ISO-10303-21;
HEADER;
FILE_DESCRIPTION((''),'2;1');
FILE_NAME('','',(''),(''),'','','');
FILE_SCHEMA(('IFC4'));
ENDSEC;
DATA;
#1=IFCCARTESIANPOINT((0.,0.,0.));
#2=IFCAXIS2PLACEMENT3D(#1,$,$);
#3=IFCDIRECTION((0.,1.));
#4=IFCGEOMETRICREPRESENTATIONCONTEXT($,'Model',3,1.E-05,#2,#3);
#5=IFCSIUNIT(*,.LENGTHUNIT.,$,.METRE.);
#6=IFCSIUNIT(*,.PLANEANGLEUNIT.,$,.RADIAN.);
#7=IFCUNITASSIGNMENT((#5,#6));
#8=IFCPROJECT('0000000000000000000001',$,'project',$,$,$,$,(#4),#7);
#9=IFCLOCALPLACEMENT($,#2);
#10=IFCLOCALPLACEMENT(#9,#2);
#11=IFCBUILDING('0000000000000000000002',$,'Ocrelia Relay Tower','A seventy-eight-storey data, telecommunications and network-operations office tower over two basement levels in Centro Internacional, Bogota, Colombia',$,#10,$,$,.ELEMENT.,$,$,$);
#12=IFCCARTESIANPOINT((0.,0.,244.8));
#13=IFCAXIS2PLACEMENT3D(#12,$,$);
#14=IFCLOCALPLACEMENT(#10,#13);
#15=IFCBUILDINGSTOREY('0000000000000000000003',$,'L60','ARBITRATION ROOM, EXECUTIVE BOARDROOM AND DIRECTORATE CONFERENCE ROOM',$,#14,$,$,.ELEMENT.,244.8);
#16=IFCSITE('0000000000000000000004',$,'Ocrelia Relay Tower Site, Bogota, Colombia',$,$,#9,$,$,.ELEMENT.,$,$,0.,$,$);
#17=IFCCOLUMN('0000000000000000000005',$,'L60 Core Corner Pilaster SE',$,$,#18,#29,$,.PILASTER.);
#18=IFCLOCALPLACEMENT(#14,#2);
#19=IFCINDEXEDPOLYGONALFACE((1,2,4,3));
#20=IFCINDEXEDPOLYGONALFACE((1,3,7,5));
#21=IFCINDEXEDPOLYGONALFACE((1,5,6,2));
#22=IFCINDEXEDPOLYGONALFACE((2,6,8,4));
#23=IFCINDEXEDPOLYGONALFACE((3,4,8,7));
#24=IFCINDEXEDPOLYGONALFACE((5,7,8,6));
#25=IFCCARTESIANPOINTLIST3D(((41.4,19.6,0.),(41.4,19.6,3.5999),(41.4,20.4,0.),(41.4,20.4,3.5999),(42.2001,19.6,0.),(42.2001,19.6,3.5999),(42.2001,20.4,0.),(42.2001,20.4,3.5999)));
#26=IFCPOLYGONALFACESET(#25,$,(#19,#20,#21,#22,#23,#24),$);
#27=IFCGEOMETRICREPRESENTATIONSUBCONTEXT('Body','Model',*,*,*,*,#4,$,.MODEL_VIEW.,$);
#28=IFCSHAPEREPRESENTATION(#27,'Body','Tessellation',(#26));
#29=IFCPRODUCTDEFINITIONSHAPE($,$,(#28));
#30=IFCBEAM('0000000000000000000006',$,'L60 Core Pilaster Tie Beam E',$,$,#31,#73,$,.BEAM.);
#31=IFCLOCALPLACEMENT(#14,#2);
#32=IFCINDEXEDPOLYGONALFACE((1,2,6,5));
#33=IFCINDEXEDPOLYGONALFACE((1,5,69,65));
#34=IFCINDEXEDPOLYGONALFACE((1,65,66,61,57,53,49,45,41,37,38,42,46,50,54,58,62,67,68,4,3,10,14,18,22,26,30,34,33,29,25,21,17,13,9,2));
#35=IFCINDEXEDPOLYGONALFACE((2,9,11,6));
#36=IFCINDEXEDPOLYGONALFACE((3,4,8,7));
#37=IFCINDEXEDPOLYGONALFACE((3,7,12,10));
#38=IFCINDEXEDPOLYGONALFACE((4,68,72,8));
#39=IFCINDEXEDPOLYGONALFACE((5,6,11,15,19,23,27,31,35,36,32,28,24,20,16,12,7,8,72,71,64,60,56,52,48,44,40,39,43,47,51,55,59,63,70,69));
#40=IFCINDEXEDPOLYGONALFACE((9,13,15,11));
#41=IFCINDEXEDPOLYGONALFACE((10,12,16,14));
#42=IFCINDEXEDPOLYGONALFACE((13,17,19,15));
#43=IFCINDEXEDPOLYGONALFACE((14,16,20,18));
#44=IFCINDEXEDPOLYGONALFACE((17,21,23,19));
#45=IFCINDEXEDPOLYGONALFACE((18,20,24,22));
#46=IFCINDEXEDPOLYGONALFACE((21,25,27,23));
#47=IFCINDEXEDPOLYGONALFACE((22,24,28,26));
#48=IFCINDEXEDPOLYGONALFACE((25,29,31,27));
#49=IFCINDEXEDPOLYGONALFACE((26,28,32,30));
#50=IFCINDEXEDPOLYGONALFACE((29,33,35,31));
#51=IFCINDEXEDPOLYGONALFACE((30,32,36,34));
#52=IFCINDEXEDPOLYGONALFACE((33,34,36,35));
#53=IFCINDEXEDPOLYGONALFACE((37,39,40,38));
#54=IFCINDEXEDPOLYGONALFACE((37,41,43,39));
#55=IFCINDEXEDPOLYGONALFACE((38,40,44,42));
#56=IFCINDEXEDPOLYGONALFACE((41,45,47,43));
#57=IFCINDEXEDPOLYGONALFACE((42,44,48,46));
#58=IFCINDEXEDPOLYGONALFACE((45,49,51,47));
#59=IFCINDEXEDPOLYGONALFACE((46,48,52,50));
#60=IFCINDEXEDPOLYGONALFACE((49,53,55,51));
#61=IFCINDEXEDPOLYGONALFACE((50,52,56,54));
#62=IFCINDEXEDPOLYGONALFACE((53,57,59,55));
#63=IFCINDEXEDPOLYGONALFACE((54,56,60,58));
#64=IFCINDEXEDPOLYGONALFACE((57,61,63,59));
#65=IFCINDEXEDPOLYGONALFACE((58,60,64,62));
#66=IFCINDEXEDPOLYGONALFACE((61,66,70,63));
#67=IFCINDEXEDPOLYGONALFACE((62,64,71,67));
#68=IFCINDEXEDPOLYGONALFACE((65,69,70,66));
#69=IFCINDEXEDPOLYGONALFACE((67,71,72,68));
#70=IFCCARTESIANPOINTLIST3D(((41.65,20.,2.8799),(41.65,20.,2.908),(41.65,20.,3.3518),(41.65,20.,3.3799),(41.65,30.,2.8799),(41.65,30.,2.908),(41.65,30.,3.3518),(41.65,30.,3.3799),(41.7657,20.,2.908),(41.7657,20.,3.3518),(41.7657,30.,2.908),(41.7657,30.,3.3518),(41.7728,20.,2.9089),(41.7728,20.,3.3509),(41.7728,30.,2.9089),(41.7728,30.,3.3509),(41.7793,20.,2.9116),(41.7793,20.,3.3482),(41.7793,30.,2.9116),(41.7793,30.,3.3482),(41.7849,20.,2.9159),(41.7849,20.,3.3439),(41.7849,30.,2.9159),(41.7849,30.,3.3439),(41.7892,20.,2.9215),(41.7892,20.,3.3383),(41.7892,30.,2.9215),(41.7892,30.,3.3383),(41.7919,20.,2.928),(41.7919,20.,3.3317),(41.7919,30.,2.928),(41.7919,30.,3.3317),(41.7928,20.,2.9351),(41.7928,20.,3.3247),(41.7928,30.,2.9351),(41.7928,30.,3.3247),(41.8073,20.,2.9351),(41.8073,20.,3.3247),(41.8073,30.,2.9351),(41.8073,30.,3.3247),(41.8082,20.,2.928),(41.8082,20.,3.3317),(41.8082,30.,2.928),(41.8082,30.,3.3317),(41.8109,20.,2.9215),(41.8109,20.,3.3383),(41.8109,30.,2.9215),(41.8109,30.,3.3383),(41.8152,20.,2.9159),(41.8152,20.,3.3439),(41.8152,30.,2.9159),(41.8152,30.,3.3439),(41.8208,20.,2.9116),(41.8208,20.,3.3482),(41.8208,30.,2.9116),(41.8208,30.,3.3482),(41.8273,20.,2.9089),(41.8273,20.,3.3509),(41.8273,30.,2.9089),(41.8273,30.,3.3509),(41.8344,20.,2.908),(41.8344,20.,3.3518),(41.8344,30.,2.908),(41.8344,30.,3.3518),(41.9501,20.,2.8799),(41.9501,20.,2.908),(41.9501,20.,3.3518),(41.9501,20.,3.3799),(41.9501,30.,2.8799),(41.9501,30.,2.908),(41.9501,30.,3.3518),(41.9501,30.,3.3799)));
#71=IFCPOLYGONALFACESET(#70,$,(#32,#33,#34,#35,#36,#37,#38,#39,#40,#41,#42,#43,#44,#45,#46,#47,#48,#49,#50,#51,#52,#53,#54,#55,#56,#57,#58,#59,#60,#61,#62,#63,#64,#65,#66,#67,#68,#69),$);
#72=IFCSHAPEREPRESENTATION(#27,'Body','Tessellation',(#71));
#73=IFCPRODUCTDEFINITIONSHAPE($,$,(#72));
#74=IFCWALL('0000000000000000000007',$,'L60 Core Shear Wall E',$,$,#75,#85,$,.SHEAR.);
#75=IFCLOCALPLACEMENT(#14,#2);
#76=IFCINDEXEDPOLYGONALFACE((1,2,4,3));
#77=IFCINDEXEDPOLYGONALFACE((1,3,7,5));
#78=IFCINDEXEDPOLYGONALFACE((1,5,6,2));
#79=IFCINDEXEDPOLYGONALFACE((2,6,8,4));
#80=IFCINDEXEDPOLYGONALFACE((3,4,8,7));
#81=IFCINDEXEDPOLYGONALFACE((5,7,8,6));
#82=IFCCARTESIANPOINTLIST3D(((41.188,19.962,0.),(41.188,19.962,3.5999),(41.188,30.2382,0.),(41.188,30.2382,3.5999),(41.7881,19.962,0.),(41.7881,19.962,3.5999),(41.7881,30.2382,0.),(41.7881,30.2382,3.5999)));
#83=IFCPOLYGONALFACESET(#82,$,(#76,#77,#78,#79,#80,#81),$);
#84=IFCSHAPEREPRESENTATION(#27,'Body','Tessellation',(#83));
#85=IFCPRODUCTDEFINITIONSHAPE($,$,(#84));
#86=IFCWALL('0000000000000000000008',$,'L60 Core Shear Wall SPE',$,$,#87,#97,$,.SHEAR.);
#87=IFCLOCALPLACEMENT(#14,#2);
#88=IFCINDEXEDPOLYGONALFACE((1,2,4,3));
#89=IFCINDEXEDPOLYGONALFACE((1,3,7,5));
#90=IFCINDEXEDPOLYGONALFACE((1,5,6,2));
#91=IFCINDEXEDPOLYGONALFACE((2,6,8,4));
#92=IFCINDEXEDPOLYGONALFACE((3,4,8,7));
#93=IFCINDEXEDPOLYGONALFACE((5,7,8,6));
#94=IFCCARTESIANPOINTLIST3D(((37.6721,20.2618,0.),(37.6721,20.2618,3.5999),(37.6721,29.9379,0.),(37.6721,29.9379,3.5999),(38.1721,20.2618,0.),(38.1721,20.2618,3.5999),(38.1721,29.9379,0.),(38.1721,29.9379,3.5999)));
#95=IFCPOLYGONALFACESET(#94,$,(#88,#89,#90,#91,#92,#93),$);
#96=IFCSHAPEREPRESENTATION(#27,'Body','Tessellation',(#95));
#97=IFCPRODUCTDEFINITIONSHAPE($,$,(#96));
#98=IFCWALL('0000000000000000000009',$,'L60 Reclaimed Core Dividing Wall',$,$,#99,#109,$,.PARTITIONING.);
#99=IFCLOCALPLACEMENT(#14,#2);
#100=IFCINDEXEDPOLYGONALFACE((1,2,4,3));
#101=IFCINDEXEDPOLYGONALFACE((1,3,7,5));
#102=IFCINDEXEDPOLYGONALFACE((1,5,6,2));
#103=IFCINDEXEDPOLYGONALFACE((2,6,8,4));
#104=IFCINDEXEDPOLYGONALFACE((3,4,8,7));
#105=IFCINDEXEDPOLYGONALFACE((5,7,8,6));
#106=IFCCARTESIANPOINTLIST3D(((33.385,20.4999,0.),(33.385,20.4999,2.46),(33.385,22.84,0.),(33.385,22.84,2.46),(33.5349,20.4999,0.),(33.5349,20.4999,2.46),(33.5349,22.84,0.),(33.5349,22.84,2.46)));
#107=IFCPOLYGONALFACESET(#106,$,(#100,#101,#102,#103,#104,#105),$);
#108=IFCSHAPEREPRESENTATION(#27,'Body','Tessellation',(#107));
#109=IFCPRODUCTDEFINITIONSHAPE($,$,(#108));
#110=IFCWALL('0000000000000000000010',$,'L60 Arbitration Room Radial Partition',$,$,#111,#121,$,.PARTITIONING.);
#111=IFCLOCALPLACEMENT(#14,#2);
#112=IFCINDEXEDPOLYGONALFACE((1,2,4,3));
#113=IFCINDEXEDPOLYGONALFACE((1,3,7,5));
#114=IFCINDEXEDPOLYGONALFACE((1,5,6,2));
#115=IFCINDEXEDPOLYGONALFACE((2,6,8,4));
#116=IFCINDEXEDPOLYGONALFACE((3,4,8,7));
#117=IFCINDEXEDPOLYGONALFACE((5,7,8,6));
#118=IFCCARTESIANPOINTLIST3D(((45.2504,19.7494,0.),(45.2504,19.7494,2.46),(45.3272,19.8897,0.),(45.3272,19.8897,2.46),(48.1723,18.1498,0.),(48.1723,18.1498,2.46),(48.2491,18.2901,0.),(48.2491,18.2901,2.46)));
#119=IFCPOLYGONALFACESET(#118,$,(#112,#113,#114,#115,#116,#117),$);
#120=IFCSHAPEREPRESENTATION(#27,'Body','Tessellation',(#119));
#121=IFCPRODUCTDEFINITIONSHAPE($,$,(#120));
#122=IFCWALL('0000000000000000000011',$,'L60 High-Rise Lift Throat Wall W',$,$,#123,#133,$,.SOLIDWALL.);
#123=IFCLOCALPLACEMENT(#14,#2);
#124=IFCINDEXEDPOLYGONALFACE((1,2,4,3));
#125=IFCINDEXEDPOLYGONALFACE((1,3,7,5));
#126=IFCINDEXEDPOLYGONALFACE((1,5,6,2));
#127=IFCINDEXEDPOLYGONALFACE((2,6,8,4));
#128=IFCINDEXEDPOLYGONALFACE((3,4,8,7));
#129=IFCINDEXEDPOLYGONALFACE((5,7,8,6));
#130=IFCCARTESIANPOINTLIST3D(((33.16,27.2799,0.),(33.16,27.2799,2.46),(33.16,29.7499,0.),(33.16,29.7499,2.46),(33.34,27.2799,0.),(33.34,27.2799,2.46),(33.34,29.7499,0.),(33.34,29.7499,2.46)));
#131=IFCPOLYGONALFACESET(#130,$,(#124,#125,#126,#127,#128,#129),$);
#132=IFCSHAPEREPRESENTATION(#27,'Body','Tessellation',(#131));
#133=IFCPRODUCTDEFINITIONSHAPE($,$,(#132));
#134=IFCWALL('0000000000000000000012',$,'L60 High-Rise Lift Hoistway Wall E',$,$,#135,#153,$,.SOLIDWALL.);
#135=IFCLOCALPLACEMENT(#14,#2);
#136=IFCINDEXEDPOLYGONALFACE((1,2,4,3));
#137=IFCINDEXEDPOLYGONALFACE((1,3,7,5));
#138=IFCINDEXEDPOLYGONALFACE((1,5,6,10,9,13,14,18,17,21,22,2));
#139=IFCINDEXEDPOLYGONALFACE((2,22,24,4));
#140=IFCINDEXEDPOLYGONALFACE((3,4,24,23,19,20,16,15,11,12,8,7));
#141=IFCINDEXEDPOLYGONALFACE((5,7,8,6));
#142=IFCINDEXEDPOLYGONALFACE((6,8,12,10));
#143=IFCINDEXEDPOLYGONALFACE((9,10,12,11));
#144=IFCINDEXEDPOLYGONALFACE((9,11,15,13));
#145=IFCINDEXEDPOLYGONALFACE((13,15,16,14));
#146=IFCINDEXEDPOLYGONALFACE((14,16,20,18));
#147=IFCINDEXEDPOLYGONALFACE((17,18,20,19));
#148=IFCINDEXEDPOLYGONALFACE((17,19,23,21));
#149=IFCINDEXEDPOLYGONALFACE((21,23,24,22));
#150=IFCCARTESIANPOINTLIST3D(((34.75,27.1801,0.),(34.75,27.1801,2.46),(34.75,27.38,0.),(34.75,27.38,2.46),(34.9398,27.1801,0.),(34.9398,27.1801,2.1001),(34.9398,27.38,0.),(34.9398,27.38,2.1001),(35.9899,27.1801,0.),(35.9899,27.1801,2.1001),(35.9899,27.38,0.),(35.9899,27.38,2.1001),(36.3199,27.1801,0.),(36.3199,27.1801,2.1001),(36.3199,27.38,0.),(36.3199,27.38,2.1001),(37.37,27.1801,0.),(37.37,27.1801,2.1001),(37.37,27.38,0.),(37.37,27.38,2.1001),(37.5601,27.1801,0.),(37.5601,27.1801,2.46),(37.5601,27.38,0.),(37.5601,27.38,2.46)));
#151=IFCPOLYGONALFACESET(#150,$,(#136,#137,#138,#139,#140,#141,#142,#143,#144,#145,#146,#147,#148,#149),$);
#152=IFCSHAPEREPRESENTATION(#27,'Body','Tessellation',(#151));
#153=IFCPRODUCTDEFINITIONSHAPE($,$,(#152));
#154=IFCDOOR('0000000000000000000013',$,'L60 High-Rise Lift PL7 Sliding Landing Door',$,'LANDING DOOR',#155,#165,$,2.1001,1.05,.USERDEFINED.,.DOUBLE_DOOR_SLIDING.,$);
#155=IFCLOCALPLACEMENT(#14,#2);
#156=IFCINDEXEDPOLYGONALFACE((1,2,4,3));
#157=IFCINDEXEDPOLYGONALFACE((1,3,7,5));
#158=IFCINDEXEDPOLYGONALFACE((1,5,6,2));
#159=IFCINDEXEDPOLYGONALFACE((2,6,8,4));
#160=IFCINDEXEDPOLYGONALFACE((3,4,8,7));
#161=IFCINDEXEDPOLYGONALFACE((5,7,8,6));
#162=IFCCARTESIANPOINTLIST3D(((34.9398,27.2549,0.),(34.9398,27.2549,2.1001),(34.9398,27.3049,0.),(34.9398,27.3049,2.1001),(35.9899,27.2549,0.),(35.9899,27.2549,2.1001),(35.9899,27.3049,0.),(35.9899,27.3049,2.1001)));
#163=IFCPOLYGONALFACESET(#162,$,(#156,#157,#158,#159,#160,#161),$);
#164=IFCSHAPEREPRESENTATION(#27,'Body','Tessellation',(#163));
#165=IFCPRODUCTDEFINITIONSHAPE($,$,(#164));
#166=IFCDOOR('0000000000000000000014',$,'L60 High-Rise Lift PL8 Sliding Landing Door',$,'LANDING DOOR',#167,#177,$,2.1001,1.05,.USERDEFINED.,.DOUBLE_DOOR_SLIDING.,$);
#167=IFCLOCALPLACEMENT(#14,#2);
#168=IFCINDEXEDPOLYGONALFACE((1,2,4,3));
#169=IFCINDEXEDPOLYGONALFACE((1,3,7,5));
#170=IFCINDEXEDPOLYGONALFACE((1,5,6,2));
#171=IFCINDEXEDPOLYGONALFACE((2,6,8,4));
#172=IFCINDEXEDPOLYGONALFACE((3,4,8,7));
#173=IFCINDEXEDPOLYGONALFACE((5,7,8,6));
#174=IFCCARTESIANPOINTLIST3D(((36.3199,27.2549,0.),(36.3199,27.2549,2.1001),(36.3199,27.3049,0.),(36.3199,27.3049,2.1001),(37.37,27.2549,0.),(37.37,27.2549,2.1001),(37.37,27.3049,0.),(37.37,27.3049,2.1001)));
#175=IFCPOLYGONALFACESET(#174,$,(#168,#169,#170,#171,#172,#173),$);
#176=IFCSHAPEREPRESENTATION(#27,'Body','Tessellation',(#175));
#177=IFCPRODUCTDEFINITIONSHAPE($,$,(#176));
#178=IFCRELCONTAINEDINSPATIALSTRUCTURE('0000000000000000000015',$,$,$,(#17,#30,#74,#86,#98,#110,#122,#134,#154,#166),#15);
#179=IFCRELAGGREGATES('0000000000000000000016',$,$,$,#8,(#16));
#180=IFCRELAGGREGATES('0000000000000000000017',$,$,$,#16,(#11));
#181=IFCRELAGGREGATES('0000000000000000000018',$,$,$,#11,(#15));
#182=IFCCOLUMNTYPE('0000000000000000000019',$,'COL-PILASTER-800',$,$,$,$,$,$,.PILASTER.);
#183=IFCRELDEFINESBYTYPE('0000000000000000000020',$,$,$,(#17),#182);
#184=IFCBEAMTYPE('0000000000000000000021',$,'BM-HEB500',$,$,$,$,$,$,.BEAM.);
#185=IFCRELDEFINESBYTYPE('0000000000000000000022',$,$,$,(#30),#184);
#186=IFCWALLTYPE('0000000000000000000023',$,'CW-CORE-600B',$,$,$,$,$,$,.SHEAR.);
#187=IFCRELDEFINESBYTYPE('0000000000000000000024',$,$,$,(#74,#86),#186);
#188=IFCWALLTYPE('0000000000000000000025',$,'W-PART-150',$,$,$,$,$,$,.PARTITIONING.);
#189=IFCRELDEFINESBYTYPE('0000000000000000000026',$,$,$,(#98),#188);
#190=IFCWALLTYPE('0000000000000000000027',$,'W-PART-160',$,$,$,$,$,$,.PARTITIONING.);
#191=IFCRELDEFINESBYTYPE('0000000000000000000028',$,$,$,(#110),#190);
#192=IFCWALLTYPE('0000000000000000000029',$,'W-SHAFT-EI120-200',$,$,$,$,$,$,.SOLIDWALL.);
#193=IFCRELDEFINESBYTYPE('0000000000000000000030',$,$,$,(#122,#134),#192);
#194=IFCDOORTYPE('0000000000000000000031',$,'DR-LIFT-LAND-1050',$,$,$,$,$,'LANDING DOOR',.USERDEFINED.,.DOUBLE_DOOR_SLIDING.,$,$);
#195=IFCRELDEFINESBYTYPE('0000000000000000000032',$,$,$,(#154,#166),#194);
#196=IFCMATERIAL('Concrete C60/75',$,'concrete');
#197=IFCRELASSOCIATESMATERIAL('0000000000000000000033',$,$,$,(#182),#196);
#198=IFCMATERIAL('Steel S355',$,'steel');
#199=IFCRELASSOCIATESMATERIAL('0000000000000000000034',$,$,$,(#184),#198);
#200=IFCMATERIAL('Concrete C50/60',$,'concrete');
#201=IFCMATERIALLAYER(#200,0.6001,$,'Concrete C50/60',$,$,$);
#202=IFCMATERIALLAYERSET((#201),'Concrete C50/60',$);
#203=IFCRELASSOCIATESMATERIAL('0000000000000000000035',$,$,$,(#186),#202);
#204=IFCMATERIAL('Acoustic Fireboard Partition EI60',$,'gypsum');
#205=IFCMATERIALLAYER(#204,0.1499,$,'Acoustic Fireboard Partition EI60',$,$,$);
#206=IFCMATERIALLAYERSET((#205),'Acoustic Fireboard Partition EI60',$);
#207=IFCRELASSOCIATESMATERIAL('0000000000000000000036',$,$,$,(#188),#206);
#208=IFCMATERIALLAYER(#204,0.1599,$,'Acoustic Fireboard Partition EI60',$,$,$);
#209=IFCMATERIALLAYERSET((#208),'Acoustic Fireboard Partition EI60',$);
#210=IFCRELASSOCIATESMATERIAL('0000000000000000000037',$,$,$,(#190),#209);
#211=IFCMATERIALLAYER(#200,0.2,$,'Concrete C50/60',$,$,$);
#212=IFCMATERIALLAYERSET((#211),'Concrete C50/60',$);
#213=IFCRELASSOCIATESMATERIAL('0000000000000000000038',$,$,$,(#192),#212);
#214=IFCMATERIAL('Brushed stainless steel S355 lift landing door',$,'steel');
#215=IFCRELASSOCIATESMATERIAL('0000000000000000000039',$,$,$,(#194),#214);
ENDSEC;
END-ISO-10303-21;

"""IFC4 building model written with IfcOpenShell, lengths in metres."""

from ifc_helpers import new_model, si_unit, direction, frame, frame_2d, origin, origin_2d, place, context, subcontext, project, spatial, rectangle, i_section, extrude, material, layer, layer_set, material_profile, profile_set, type_object, element, fill, save


model = new_model("IFC4")

# Units and contexts
model_context = context("Model", 3, precision=1e-05, world=origin(), true_north=direction((0.0, 1.0)))
body_context = subcontext(model_context, "Body", "Model", "MODEL_VIEW")
ifc_project = project(units=[si_unit("LENGTHUNIT", "METRE"), si_unit("PLANEANGLEUNIT", "RADIAN")], contexts=[model_context])

# Site, building, storey
site_placement = place(None, origin())
site = spatial("IfcSite", under=ifc_project, at=site_placement, Name="Ocrelia Relay Tower Site, Bogota, Colombia", CompositionType="ELEMENT", RefElevation=0.0)
building_placement = place(site_placement, origin())
building = spatial("IfcBuilding", under=site, at=building_placement, Name="Ocrelia Relay Tower", Description="A seventy-eight-storey data, telecommunications and network-operations office tower over two basement levels in Centro Internacional, Bogota, Colombia", CompositionType="ELEMENT")
storey_placement = place(building_placement, frame((0.0, 0.0, 244.8)))
storey = spatial("IfcBuildingStorey", under=building, at=storey_placement, Name="L60", Description="ARBITRATION ROOM, EXECUTIVE BOARDROOM AND DIRECTORATE CONFERENCE ROOM", CompositionType="ELEMENT", Elevation=244.8)

# Column
ifc_material_1 = material(Name="Concrete C60/75", Category="concrete")
ifc_material_profile_1 = material_profile(ifc_material_1, rectangle(XDim=0.8, YDim=0.8, at=origin_2d()), Name="RC-COL-800x800")
ifc_profile_set_1 = profile_set([ifc_material_profile_1], Name="Concrete C60/75")
column_type = type_object("IfcColumnType", Name="COL-PILASTER-800", PredefinedType="PILASTER", material=ifc_profile_set_1)
column_placement = place(storey_placement, frame((41.8, 20.0, 0.0), z_axis=(0.0, 0.0, 1.0), x_axis=(1.0, 0.0, 0.0)))
element("IfcColumn", 1, at=column_placement, inside=storey, type_object=column_type, Name="L60 Core Corner Pilaster SE", PredefinedType="PILASTER", context=body_context, shape_type="SweptSolid", body=[
    extrude(rectangle(XDim=0.8, YDim=0.8, at=origin_2d()), origin(), (0.0, 0.0, 1.0), 3.5999),
])

# Beam
ifc_material_2 = material(Name="Steel S355", Category="steel")
ifc_material_profile_2 = material_profile(ifc_material_2, i_section(OverallWidth=0.3, OverallDepth=0.5, WebThickness=0.0144, FlangeThickness=0.0281, FilletRadius=0.0271, at=origin_2d()), Name="HEB 500")
ifc_profile_set_2 = profile_set([ifc_material_profile_2], Name="Steel S355")
beam_type = type_object("IfcBeamType", Name="BM-HEB500", PredefinedType="BEAM", material=ifc_profile_set_2)
beam_placement = place(storey_placement, frame((41.8, 20.0, 3.1299), z_axis=(0.0, 1.0, 0.0), x_axis=(-1.0, 0.0, 0.0)))
element("IfcBeam", 2, at=beam_placement, inside=storey, type_object=beam_type, Name="L60 Core Pilaster Tie Beam E", PredefinedType="BEAM", context=body_context, shape_type="SweptSolid", body=[
    extrude(i_section(OverallWidth=0.3, OverallDepth=0.5, WebThickness=0.0144, FlangeThickness=0.0281, FilletRadius=0.0271, at=origin_2d()), origin(), (0.0, 0.0, 1.0), 10.0),
])

# Walls
ifc_material_3 = material(Name="Concrete C50/60", Category="concrete")
ifc_layer_1 = layer(ifc_material_3, 0.6001, Name="Concrete C50/60")
ifc_layer_set_1 = layer_set([ifc_layer_1], Name="Concrete C50/60")
wall_type_1 = type_object("IfcWallType", Name="CW-CORE-600B", PredefinedType="SHEAR", material=ifc_layer_set_1)
wall_1_placement = place(storey_placement, frame((41.488, 19.9619, 0.0), z_axis=(0.0, 0.0, 1.0), x_axis=(0.0, 1.0, 0.0)))
element("IfcWall", 3, at=wall_1_placement, inside=storey, type_object=wall_type_1, Name="L60 Core Shear Wall E", PredefinedType="SHEAR", context=body_context, shape_type="SweptSolid", body=[
    extrude(rectangle(XDim=10.2761, YDim=0.6001, at=frame_2d((5.1382, 0.0))), origin(), (0.0, 0.0, 1.0), 3.5999),
])
wall_2_placement = place(storey_placement, frame((37.9221, 20.262, 0.0), z_axis=(0.0, 0.0, 1.0), x_axis=(0.0, 1.0, 0.0)))
element("IfcWall", 4, at=wall_2_placement, inside=storey, type_object=wall_type_1, Name="L60 Core Shear Wall SPE", PredefinedType="SHEAR", context=body_context, shape_type="SweptSolid", body=[
    extrude(rectangle(XDim=9.676, YDim=0.5, at=frame_2d((4.8379, 0.0))), origin(), (0.0, 0.0, 1.0), 3.5999),
])
ifc_material_4 = material(Name="Acoustic Fireboard Partition EI60", Category="gypsum")
ifc_layer_2 = layer(ifc_material_4, 0.1499, Name="Acoustic Fireboard Partition EI60")
ifc_layer_set_2 = layer_set([ifc_layer_2], Name="Acoustic Fireboard Partition EI60")
wall_type_2 = type_object("IfcWallType", Name="W-PART-150", PredefinedType="PARTITIONING", material=ifc_layer_set_2)
wall_3_placement = place(storey_placement, frame((33.46, 20.5, 0.0), z_axis=(0.0, 0.0, 1.0), x_axis=(0.0, 1.0, 0.0)))
element("IfcWall", 5, at=wall_3_placement, inside=storey, type_object=wall_type_2, Name="L60 Reclaimed Core Dividing Wall", PredefinedType="PARTITIONING", context=body_context, shape_type="SweptSolid", body=[
    extrude(rectangle(XDim=2.3401, YDim=0.1499, at=frame_2d((1.1699, 0.0))), origin(), (0.0, 0.0, 1.0), 2.46),
])
ifc_layer_3 = layer(ifc_material_4, 0.1599, Name="Acoustic Fireboard Partition EI60")
ifc_layer_set_3 = layer_set([ifc_layer_3], Name="Acoustic Fireboard Partition EI60")
wall_type_3 = type_object("IfcWallType", Name="W-PART-160", PredefinedType="PARTITIONING", material=ifc_layer_set_3)
wall_4_placement = place(storey_placement, frame((45.2888, 19.8196, 0.0), z_axis=(0.0, 0.0, 1.0), x_axis=(0.877155, -0.480207, 0.0)))
element("IfcWall", 6, at=wall_4_placement, inside=storey, type_object=wall_type_3, Name="L60 Arbitration Room Radial Partition", PredefinedType="PARTITIONING", context=body_context, shape_type="SweptSolid", body=[
    extrude(rectangle(XDim=3.3311, YDim=0.1599, at=frame_2d((1.6655, 0.0))), origin(), (0.0, 0.0, 1.0), 2.46),
])
ifc_layer_4 = layer(ifc_material_3, 0.2, Name="Concrete C50/60")
ifc_layer_set_4 = layer_set([ifc_layer_4], Name="Concrete C50/60")
wall_type_4 = type_object("IfcWallType", Name="W-SHAFT-EI120-200", PredefinedType="SOLIDWALL", material=ifc_layer_set_4)
wall_5_placement = place(storey_placement, frame((33.25, 27.28, 0.0), z_axis=(0.0, 0.0, 1.0), x_axis=(0.0, 1.0, 0.0)))
element("IfcWall", 7, at=wall_5_placement, inside=storey, type_object=wall_type_4, Name="L60 High-Rise Lift Throat Wall W", PredefinedType="SOLIDWALL", context=body_context, shape_type="SweptSolid", body=[
    extrude(rectangle(XDim=2.47, YDim=0.1799, at=frame_2d((1.2349, 0.0))), origin(), (0.0, 0.0, 1.0), 2.46),
])

# Wall, openings, doors
wall_6_placement = place(storey_placement, frame((34.75, 27.28, 0.0), z_axis=(0.0, 0.0, 1.0), x_axis=(1.0, 0.0, 0.0)))
wall_6 = element("IfcWall", 8, at=wall_6_placement, inside=storey, type_object=wall_type_4, Name="L60 High-Rise Lift Hoistway Wall E", PredefinedType="SOLIDWALL", context=body_context, shape_type="SweptSolid", body=[
    extrude(rectangle(XDim=2.8101, YDim=0.2, at=frame_2d((1.405, 0.0))), origin(), (0.0, 0.0, 1.0), 2.46),
])
opening_1_placement = place(wall_6_placement, frame((0.1899, 0.0, 0.0)))
opening_1 = element("IfcOpeningElement", 9, at=opening_1_placement, cuts=wall_6, PredefinedType="OPENING", context=body_context, shape_type="SweptSolid", body=[
    extrude(rectangle(XDim=1.05, YDim=2.1001, at=frame_2d((0.5249, 1.05))), frame((0.0, 0.1099, 0.0), z_axis=(0.0, -1.0, 0.0), x_axis=(1.0, 0.0, 0.0)), (0.0, 0.0, 1.0), 0.22),
])
opening_2_placement = place(wall_6_placement, frame((1.5701, 0.0, 0.0)))
opening_2 = element("IfcOpeningElement", 10, at=opening_2_placement, cuts=wall_6, PredefinedType="OPENING", context=body_context, shape_type="SweptSolid", body=[
    extrude(rectangle(XDim=1.05, YDim=2.1001, at=frame_2d((0.5249, 1.05))), frame((0.0, 0.1099, 0.0), z_axis=(0.0, -1.0, 0.0), x_axis=(1.0, 0.0, 0.0)), (0.0, 0.0, 1.0), 0.22),
])
ifc_material_5 = material(Name="Brushed stainless steel S355 lift landing door", Category="steel")
door_type = type_object("IfcDoorType", Name="DR-LIFT-LAND-1050", ElementType="LANDING DOOR", OperationType="DOUBLE_DOOR_SLIDING", PredefinedType="USERDEFINED", material=ifc_material_5)
door_1_placement = place(opening_1_placement, origin())
door_1 = element("IfcDoor", 11, at=door_1_placement, inside=storey, type_object=door_type, Name="L60 High-Rise Lift PL7 Sliding Landing Door", ObjectType="LANDING DOOR", OperationType="DOUBLE_DOOR_SLIDING", OverallHeight=2.1001, OverallWidth=1.05, PredefinedType="USERDEFINED", context=body_context, shape_type="SweptSolid", body=[
    extrude(rectangle(XDim=1.05, YDim=2.1001, at=frame_2d((0.5249, 1.05))), frame((0.0, 0.0249, 0.0), z_axis=(0.0, -1.0, 0.0), x_axis=(1.0, 0.0, 0.0)), (0.0, 0.0, 1.0), 0.05),
])
fill(opening_1, door_1)
door_2_placement = place(opening_2_placement, origin())
door_2 = element("IfcDoor", 12, at=door_2_placement, inside=storey, type_object=door_type, Name="L60 High-Rise Lift PL8 Sliding Landing Door", ObjectType="LANDING DOOR", OperationType="DOUBLE_DOOR_SLIDING", OverallHeight=2.1001, OverallWidth=1.05, PredefinedType="USERDEFINED", context=body_context, shape_type="SweptSolid", body=[
    extrude(rectangle(XDim=1.05, YDim=2.1001, at=frame_2d((0.5249, 1.05))), frame((0.0, 0.0249, 0.0), z_axis=(0.0, -1.0, 0.0), x_axis=(1.0, 0.0, 0.0)), (0.0, 0.0, 1.0), 0.05),
])
fill(opening_2, door_2)

save(model, "model.ifc")
